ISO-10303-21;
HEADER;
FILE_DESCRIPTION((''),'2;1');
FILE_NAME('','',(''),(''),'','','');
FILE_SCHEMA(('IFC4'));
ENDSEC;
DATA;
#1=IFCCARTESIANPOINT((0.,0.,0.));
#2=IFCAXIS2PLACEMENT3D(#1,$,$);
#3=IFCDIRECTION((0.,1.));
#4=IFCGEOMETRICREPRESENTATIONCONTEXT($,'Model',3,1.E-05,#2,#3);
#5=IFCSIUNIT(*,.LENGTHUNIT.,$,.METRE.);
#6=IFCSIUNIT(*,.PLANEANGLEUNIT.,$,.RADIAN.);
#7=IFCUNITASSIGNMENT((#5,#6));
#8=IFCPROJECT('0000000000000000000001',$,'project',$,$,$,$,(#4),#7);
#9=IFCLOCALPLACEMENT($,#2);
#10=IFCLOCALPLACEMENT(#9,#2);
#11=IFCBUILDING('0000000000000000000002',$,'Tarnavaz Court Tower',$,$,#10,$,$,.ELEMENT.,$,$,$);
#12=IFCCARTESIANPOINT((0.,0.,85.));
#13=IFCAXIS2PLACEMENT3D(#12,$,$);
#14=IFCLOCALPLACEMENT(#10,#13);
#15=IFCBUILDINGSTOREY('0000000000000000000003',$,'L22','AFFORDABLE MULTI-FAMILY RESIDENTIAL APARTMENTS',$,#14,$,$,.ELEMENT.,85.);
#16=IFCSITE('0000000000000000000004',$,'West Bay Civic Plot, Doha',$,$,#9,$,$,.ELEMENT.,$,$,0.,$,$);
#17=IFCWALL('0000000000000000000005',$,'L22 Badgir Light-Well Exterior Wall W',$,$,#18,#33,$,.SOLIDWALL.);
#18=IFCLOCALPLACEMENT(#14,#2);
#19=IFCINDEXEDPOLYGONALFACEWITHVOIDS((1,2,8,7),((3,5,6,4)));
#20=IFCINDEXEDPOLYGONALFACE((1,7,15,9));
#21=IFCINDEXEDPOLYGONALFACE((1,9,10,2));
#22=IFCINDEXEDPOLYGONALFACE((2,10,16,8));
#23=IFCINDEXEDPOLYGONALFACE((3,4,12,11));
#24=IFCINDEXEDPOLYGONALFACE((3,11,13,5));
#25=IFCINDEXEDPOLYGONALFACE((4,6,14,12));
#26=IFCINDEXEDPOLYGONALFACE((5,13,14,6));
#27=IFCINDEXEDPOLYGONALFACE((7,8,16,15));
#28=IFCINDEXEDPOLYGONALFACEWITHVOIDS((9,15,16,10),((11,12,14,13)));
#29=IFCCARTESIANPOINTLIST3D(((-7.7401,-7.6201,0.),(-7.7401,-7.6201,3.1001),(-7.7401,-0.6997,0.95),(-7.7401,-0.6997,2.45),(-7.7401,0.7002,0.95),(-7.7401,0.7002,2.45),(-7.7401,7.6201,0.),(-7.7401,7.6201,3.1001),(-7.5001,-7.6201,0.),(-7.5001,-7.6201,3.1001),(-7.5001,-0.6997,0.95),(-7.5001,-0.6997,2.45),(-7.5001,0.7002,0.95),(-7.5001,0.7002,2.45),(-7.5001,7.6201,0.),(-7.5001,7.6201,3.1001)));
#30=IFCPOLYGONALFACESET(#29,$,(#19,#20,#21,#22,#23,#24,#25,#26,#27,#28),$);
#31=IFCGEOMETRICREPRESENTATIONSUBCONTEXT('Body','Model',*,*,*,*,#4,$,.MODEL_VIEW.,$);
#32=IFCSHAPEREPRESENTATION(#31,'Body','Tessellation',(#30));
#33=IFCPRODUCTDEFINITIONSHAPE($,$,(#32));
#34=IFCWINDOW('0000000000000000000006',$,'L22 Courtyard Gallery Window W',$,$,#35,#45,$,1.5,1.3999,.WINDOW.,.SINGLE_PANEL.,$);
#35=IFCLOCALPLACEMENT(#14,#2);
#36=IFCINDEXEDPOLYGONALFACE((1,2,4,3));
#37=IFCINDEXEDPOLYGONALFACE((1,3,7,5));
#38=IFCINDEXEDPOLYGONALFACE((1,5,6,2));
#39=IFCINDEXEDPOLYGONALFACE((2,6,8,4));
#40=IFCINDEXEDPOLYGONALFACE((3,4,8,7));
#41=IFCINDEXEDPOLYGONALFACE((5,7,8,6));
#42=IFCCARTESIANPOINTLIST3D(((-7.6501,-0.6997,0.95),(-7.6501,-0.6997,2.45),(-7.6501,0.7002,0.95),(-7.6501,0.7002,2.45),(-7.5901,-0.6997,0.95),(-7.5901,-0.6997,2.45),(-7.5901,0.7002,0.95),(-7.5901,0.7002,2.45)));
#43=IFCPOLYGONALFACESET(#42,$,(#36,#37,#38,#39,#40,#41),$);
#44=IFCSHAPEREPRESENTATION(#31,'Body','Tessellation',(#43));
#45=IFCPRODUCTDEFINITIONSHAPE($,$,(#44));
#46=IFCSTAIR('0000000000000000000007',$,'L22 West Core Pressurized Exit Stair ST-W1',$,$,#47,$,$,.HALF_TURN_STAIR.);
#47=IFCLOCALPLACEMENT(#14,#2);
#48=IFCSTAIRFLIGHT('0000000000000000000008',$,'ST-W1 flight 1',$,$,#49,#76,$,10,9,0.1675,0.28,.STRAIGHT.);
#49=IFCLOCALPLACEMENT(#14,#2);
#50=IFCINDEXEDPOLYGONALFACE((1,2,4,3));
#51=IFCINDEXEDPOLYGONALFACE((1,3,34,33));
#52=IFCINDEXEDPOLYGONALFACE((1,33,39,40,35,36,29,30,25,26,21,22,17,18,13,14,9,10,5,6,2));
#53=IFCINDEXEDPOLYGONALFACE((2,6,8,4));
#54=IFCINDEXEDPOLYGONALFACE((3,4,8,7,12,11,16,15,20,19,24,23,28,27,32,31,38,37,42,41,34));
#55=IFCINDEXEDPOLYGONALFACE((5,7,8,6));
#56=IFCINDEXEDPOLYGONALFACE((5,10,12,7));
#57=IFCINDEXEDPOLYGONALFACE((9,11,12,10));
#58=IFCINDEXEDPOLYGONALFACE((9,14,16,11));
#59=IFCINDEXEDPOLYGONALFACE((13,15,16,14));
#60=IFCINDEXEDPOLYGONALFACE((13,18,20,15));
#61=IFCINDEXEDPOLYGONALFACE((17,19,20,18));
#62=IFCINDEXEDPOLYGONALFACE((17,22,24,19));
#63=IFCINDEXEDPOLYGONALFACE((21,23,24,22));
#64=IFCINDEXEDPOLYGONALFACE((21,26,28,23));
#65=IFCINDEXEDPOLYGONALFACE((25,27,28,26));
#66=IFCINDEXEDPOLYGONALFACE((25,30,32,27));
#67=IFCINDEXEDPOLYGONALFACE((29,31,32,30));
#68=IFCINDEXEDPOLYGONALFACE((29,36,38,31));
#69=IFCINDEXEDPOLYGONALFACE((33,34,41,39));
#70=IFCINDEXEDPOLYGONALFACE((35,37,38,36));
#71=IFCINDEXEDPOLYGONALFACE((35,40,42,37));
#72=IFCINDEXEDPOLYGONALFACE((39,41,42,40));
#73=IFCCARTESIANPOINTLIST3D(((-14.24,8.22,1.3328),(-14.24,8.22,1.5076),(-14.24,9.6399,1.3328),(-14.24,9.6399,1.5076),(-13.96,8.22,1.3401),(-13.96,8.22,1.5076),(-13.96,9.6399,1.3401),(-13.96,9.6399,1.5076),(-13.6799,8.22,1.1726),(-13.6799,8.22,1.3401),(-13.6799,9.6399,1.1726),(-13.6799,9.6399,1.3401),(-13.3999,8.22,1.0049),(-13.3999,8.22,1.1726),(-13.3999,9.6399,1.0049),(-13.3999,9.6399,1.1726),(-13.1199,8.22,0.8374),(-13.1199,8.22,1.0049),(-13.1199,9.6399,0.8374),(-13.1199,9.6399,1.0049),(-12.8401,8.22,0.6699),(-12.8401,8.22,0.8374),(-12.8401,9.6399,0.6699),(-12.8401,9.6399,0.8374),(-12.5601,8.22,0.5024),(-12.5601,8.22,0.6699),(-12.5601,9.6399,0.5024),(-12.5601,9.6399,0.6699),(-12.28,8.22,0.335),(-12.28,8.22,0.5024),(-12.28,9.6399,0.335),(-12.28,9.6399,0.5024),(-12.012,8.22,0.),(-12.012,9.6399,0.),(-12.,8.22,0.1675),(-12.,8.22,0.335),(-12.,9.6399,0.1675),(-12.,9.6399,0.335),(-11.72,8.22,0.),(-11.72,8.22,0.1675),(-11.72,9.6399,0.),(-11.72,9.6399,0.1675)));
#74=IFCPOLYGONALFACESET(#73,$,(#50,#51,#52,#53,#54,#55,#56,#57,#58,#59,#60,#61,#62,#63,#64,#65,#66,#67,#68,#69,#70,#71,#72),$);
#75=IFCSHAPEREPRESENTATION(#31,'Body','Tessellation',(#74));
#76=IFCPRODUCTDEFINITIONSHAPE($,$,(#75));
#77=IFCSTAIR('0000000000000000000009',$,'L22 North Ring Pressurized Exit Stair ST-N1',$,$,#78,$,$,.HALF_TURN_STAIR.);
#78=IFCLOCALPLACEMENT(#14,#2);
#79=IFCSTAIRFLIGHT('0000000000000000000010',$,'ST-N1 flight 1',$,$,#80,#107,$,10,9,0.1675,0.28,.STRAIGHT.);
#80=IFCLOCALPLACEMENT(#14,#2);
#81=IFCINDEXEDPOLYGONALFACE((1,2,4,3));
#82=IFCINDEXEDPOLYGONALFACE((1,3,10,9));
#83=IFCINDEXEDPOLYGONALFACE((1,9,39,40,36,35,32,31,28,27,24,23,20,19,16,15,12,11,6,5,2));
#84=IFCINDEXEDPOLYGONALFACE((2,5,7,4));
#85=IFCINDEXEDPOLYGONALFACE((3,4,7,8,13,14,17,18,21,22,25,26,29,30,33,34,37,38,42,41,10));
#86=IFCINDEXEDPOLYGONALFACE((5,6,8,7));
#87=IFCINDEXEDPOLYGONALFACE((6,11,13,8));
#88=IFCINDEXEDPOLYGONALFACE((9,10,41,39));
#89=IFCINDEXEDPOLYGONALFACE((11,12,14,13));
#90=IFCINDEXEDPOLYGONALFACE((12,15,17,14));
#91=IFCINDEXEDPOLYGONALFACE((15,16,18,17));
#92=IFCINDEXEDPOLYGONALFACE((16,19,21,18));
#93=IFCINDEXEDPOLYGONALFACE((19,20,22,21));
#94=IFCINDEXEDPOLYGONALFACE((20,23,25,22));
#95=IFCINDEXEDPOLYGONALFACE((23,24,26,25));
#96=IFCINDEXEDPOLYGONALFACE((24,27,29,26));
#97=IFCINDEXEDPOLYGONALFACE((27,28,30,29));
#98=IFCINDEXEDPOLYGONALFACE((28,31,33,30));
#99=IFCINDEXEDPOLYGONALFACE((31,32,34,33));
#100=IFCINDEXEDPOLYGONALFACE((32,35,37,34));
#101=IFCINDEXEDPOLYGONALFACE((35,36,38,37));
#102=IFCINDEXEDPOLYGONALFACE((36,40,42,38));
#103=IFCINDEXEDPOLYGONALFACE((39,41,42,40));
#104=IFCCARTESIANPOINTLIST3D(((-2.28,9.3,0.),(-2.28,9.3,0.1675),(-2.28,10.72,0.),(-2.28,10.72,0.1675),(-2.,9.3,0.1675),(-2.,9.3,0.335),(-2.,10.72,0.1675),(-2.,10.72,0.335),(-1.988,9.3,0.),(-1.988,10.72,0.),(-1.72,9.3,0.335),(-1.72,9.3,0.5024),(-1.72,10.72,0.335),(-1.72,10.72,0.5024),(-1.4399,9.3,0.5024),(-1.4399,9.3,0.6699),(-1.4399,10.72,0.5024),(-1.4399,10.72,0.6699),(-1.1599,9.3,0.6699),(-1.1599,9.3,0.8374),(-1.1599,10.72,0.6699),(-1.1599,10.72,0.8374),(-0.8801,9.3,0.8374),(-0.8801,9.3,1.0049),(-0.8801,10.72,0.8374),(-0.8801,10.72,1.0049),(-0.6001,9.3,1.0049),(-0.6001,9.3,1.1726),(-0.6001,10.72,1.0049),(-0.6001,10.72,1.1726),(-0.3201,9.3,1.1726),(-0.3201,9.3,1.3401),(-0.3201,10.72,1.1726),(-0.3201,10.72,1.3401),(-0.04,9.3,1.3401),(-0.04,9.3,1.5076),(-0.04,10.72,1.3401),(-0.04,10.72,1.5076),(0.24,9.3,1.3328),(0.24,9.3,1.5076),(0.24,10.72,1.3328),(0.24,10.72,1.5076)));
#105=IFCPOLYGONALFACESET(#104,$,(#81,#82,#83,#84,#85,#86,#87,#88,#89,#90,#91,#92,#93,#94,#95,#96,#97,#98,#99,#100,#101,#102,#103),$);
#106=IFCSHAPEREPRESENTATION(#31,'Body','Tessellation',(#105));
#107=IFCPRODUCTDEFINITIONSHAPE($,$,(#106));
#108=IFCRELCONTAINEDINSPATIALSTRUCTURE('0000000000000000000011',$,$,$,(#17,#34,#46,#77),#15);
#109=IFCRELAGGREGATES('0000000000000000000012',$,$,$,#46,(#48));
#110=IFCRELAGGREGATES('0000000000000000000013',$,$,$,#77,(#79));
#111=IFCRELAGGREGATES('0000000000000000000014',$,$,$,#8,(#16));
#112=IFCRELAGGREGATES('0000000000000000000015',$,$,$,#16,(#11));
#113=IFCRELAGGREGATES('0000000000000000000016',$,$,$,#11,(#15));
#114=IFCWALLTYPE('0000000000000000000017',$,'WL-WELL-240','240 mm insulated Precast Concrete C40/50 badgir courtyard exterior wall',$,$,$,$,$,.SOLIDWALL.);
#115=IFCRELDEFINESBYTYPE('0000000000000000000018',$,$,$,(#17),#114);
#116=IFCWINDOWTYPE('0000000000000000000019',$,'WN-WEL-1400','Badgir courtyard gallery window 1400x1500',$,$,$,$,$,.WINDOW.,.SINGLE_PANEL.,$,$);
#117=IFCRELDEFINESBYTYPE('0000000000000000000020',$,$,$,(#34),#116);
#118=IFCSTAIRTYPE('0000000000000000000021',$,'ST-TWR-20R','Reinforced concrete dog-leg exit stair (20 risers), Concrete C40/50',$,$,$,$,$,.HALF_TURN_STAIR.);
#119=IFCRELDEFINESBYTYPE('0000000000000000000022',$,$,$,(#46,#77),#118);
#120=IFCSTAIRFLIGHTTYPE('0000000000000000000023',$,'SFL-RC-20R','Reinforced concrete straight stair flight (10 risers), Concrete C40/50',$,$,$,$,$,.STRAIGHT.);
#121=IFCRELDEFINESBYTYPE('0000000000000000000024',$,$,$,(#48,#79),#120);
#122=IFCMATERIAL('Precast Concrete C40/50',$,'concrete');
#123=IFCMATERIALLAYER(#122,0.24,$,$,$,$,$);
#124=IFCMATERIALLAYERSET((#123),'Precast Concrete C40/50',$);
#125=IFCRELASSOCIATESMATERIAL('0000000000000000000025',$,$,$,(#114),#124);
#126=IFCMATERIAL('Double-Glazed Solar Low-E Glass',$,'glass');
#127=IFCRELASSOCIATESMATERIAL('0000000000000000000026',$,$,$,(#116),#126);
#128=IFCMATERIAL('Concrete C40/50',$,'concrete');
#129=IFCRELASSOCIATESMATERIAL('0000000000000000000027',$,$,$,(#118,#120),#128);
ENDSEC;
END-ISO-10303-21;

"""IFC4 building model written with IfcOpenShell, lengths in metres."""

from ifc_helpers import new_model, si_unit, direction, frame, frame_2d, origin, place, context, subcontext, project, spatial, polyline, rectangle, outline, extrude, material, layer, layer_set, type_object, element, fill, aggregate, save


model = new_model("IFC4")

# Units and contexts
model_context = context("Model", 3, precision=1e-05, world=origin(), true_north=direction((0.0, 1.0)))
body_context = subcontext(model_context, "Body", "Model", "MODEL_VIEW")
ifc_project = project(units=[si_unit("LENGTHUNIT", "METRE"), si_unit("PLANEANGLEUNIT", "RADIAN")], contexts=[model_context])

# Site, building, storey
site_placement = place(None, origin())
site = spatial("IfcSite", under=ifc_project, at=site_placement, Name="West Bay Civic Plot, Doha", CompositionType="ELEMENT", RefElevation=0.0)
building_placement = place(site_placement, origin())
building = spatial("IfcBuilding", under=site, at=building_placement, Name="Tarnavaz Court Tower", CompositionType="ELEMENT")
storey_placement = place(building_placement, frame((0.0, 0.0, 85.0)))
storey = spatial("IfcBuildingStorey", under=building, at=storey_placement, Name="L22", Description="AFFORDABLE MULTI-FAMILY RESIDENTIAL APARTMENTS", CompositionType="ELEMENT", Elevation=85.0)

# Shared definitions
ifc_material_1 = material(Name="Concrete C40/50", Category="concrete")

# Wall, opening, window
ifc_material_2 = material(Name="Precast Concrete C40/50", Category="concrete")
ifc_layer_1 = layer(ifc_material_2, 0.24)
ifc_layer_set_1 = layer_set([ifc_layer_1], Name="Precast Concrete C40/50")
wall_type_1 = type_object("IfcWallType", Name="WL-WELL-240", Description="240 mm insulated Precast Concrete C40/50 badgir courtyard exterior wall", PredefinedType="SOLIDWALL", material=ifc_layer_set_1)
wall_1_placement = place(storey_placement, frame((-7.6201, 7.6201, 0.0), z_axis=(0.0, 0.0, 1.0), x_axis=(0.0, -1.0, 0.0)))
wall_1 = element("IfcWall", 1, at=wall_1_placement, inside=storey, type_object=wall_type_1, Name="L22 Badgir Light-Well Exterior Wall W", PredefinedType="SOLIDWALL", context=body_context, shape_type="SweptSolid", body=[
    extrude(rectangle(XDim=15.2402, YDim=0.24, at=frame_2d((7.6201, 0.0))), origin(), (0.0, 0.0, 1.0), 3.1001),
])
opening_1_placement = place(wall_1_placement, frame((6.9199, 0.0, 0.95)))
opening_1 = element("IfcOpeningElement", 2, at=opening_1_placement, cuts=wall_1, PredefinedType="OPENING", context=body_context, shape_type="SweptSolid", body=[
    extrude(rectangle(XDim=1.3999, YDim=1.5, at=frame_2d((0.7, 0.75))), frame((0.0, 0.1299, 0.0), z_axis=(0.0, -1.0, 0.0), x_axis=(1.0, 0.0, 0.0)), (0.0, 0.0, 1.0), 0.26),
])
ifc_material_3 = material(Name="Double-Glazed Solar Low-E Glass", Category="glass")
window_type = type_object("IfcWindowType", Name="WN-WEL-1400", Description="Badgir courtyard gallery window 1400x1500", PartitioningType="SINGLE_PANEL", PredefinedType="WINDOW", material=ifc_material_3)
window_placement = place(opening_1_placement, origin())
window = element("IfcWindow", 3, at=window_placement, inside=storey, type_object=window_type, Name="L22 Courtyard Gallery Window W", OverallHeight=1.5, OverallWidth=1.3999, PartitioningType="SINGLE_PANEL", PredefinedType="WINDOW", context=body_context, shape_type="SweptSolid", body=[
    extrude(rectangle(XDim=1.3999, YDim=1.5, at=frame_2d((0.7, 0.75))), frame((0.0, 0.03, 0.0), z_axis=(0.0, -1.0, 0.0), x_axis=(1.0, 0.0, 0.0)), (0.0, 0.0, 1.0), 0.0601),
])
fill(opening_1, window)

# Stairs, stair flights
stair_type = type_object("IfcStairType", Name="ST-TWR-20R", Description="Reinforced concrete dog-leg exit stair (20 risers), Concrete C40/50", PredefinedType="HALF_TURN_STAIR", material=ifc_material_1)
stair_1_placement = place(storey_placement, origin())
stair_1 = element("IfcStair", 4, at=stair_1_placement, inside=storey, type_object=stair_type, Name="L22 West Core Pressurized Exit Stair ST-W1", PredefinedType="HALF_TURN_STAIR")
stair_flight_type = type_object("IfcStairFlightType", Name="SFL-RC-20R", Description="Reinforced concrete straight stair flight (10 risers), Concrete C40/50", PredefinedType="STRAIGHT", material=ifc_material_1)
stair_flight_1_placement = place(storey_placement, frame((-11.72, 8.9299, 0.0), z_axis=(0.0, 0.0, 1.0), x_axis=(-1.0, 0.0, 0.0)))
stair_flight_1 = element("IfcStairFlight", 5, at=stair_flight_1_placement, type_object=stair_flight_type, Name="ST-W1 flight 1", NumberOfRisers=10, NumberOfTreads=9, PredefinedType="STRAIGHT", RiserHeight=0.1675, TreadLength=0.28, context=body_context, shape_type="SweptSolid", body=[
    extrude(outline(polyline([(0.0, 0.0), (0.0, 0.1675), (0.28, 0.1675), (0.28, 0.335), (0.5601, 0.335), (0.5601, 0.5024), (0.8401, 0.5024), (0.8401, 0.6699), (1.1201, 0.6699), (1.1201, 0.8374), (1.3999, 0.8374), (1.3999, 1.0049), (1.6799, 1.0049), (1.6799, 1.1726), (1.96, 1.1726), (1.96, 1.3401), (2.24, 1.3401), (2.24, 1.5076), (2.52, 1.5076), (2.52, 1.675), (2.52, 1.3328), (0.292, 0.0), (0.0, 0.0)])), frame((0.0, 0.71, 0.0), z_axis=(0.0, -1.0, 0.0), x_axis=(1.0, 0.0, 0.0)), (0.0, 0.0, 1.0), 1.4199),
])
aggregate(stair_1, [stair_flight_1])
stair_2_placement = place(storey_placement, origin())
stair_2 = element("IfcStair", 6, at=stair_2_placement, inside=storey, type_object=stair_type, Name="L22 North Ring Pressurized Exit Stair ST-N1", PredefinedType="HALF_TURN_STAIR")
stair_flight_2_placement = place(storey_placement, frame((-2.28, 10.01, 0.0), z_axis=(0.0, 0.0, 1.0), x_axis=(1.0, 0.0, 0.0)))
stair_flight_2 = element("IfcStairFlight", 7, at=stair_flight_2_placement, type_object=stair_flight_type, Name="ST-N1 flight 1", NumberOfRisers=10, NumberOfTreads=9, PredefinedType="STRAIGHT", RiserHeight=0.1675, TreadLength=0.28, context=body_context, shape_type="SweptSolid", body=[
    extrude(outline(polyline([(0.0, 0.0), (0.0, 0.1675), (0.28, 0.1675), (0.28, 0.335), (0.5601, 0.335), (0.5601, 0.5024), (0.8401, 0.5024), (0.8401, 0.6699), (1.1201, 0.6699), (1.1201, 0.8374), (1.3999, 0.8374), (1.3999, 1.0049), (1.6799, 1.0049), (1.6799, 1.1726), (1.96, 1.1726), (1.96, 1.3401), (2.24, 1.3401), (2.24, 1.5076), (2.52, 1.5076), (2.52, 1.675), (2.52, 1.3328), (0.292, 0.0), (0.0, 0.0)])), frame((0.0, 0.71, 0.0), z_axis=(0.0, -1.0, 0.0), x_axis=(1.0, 0.0, 0.0)), (0.0, 0.0, 1.0), 1.4199),
])
aggregate(stair_2, [stair_flight_2])

save(model, "model.ifc")
